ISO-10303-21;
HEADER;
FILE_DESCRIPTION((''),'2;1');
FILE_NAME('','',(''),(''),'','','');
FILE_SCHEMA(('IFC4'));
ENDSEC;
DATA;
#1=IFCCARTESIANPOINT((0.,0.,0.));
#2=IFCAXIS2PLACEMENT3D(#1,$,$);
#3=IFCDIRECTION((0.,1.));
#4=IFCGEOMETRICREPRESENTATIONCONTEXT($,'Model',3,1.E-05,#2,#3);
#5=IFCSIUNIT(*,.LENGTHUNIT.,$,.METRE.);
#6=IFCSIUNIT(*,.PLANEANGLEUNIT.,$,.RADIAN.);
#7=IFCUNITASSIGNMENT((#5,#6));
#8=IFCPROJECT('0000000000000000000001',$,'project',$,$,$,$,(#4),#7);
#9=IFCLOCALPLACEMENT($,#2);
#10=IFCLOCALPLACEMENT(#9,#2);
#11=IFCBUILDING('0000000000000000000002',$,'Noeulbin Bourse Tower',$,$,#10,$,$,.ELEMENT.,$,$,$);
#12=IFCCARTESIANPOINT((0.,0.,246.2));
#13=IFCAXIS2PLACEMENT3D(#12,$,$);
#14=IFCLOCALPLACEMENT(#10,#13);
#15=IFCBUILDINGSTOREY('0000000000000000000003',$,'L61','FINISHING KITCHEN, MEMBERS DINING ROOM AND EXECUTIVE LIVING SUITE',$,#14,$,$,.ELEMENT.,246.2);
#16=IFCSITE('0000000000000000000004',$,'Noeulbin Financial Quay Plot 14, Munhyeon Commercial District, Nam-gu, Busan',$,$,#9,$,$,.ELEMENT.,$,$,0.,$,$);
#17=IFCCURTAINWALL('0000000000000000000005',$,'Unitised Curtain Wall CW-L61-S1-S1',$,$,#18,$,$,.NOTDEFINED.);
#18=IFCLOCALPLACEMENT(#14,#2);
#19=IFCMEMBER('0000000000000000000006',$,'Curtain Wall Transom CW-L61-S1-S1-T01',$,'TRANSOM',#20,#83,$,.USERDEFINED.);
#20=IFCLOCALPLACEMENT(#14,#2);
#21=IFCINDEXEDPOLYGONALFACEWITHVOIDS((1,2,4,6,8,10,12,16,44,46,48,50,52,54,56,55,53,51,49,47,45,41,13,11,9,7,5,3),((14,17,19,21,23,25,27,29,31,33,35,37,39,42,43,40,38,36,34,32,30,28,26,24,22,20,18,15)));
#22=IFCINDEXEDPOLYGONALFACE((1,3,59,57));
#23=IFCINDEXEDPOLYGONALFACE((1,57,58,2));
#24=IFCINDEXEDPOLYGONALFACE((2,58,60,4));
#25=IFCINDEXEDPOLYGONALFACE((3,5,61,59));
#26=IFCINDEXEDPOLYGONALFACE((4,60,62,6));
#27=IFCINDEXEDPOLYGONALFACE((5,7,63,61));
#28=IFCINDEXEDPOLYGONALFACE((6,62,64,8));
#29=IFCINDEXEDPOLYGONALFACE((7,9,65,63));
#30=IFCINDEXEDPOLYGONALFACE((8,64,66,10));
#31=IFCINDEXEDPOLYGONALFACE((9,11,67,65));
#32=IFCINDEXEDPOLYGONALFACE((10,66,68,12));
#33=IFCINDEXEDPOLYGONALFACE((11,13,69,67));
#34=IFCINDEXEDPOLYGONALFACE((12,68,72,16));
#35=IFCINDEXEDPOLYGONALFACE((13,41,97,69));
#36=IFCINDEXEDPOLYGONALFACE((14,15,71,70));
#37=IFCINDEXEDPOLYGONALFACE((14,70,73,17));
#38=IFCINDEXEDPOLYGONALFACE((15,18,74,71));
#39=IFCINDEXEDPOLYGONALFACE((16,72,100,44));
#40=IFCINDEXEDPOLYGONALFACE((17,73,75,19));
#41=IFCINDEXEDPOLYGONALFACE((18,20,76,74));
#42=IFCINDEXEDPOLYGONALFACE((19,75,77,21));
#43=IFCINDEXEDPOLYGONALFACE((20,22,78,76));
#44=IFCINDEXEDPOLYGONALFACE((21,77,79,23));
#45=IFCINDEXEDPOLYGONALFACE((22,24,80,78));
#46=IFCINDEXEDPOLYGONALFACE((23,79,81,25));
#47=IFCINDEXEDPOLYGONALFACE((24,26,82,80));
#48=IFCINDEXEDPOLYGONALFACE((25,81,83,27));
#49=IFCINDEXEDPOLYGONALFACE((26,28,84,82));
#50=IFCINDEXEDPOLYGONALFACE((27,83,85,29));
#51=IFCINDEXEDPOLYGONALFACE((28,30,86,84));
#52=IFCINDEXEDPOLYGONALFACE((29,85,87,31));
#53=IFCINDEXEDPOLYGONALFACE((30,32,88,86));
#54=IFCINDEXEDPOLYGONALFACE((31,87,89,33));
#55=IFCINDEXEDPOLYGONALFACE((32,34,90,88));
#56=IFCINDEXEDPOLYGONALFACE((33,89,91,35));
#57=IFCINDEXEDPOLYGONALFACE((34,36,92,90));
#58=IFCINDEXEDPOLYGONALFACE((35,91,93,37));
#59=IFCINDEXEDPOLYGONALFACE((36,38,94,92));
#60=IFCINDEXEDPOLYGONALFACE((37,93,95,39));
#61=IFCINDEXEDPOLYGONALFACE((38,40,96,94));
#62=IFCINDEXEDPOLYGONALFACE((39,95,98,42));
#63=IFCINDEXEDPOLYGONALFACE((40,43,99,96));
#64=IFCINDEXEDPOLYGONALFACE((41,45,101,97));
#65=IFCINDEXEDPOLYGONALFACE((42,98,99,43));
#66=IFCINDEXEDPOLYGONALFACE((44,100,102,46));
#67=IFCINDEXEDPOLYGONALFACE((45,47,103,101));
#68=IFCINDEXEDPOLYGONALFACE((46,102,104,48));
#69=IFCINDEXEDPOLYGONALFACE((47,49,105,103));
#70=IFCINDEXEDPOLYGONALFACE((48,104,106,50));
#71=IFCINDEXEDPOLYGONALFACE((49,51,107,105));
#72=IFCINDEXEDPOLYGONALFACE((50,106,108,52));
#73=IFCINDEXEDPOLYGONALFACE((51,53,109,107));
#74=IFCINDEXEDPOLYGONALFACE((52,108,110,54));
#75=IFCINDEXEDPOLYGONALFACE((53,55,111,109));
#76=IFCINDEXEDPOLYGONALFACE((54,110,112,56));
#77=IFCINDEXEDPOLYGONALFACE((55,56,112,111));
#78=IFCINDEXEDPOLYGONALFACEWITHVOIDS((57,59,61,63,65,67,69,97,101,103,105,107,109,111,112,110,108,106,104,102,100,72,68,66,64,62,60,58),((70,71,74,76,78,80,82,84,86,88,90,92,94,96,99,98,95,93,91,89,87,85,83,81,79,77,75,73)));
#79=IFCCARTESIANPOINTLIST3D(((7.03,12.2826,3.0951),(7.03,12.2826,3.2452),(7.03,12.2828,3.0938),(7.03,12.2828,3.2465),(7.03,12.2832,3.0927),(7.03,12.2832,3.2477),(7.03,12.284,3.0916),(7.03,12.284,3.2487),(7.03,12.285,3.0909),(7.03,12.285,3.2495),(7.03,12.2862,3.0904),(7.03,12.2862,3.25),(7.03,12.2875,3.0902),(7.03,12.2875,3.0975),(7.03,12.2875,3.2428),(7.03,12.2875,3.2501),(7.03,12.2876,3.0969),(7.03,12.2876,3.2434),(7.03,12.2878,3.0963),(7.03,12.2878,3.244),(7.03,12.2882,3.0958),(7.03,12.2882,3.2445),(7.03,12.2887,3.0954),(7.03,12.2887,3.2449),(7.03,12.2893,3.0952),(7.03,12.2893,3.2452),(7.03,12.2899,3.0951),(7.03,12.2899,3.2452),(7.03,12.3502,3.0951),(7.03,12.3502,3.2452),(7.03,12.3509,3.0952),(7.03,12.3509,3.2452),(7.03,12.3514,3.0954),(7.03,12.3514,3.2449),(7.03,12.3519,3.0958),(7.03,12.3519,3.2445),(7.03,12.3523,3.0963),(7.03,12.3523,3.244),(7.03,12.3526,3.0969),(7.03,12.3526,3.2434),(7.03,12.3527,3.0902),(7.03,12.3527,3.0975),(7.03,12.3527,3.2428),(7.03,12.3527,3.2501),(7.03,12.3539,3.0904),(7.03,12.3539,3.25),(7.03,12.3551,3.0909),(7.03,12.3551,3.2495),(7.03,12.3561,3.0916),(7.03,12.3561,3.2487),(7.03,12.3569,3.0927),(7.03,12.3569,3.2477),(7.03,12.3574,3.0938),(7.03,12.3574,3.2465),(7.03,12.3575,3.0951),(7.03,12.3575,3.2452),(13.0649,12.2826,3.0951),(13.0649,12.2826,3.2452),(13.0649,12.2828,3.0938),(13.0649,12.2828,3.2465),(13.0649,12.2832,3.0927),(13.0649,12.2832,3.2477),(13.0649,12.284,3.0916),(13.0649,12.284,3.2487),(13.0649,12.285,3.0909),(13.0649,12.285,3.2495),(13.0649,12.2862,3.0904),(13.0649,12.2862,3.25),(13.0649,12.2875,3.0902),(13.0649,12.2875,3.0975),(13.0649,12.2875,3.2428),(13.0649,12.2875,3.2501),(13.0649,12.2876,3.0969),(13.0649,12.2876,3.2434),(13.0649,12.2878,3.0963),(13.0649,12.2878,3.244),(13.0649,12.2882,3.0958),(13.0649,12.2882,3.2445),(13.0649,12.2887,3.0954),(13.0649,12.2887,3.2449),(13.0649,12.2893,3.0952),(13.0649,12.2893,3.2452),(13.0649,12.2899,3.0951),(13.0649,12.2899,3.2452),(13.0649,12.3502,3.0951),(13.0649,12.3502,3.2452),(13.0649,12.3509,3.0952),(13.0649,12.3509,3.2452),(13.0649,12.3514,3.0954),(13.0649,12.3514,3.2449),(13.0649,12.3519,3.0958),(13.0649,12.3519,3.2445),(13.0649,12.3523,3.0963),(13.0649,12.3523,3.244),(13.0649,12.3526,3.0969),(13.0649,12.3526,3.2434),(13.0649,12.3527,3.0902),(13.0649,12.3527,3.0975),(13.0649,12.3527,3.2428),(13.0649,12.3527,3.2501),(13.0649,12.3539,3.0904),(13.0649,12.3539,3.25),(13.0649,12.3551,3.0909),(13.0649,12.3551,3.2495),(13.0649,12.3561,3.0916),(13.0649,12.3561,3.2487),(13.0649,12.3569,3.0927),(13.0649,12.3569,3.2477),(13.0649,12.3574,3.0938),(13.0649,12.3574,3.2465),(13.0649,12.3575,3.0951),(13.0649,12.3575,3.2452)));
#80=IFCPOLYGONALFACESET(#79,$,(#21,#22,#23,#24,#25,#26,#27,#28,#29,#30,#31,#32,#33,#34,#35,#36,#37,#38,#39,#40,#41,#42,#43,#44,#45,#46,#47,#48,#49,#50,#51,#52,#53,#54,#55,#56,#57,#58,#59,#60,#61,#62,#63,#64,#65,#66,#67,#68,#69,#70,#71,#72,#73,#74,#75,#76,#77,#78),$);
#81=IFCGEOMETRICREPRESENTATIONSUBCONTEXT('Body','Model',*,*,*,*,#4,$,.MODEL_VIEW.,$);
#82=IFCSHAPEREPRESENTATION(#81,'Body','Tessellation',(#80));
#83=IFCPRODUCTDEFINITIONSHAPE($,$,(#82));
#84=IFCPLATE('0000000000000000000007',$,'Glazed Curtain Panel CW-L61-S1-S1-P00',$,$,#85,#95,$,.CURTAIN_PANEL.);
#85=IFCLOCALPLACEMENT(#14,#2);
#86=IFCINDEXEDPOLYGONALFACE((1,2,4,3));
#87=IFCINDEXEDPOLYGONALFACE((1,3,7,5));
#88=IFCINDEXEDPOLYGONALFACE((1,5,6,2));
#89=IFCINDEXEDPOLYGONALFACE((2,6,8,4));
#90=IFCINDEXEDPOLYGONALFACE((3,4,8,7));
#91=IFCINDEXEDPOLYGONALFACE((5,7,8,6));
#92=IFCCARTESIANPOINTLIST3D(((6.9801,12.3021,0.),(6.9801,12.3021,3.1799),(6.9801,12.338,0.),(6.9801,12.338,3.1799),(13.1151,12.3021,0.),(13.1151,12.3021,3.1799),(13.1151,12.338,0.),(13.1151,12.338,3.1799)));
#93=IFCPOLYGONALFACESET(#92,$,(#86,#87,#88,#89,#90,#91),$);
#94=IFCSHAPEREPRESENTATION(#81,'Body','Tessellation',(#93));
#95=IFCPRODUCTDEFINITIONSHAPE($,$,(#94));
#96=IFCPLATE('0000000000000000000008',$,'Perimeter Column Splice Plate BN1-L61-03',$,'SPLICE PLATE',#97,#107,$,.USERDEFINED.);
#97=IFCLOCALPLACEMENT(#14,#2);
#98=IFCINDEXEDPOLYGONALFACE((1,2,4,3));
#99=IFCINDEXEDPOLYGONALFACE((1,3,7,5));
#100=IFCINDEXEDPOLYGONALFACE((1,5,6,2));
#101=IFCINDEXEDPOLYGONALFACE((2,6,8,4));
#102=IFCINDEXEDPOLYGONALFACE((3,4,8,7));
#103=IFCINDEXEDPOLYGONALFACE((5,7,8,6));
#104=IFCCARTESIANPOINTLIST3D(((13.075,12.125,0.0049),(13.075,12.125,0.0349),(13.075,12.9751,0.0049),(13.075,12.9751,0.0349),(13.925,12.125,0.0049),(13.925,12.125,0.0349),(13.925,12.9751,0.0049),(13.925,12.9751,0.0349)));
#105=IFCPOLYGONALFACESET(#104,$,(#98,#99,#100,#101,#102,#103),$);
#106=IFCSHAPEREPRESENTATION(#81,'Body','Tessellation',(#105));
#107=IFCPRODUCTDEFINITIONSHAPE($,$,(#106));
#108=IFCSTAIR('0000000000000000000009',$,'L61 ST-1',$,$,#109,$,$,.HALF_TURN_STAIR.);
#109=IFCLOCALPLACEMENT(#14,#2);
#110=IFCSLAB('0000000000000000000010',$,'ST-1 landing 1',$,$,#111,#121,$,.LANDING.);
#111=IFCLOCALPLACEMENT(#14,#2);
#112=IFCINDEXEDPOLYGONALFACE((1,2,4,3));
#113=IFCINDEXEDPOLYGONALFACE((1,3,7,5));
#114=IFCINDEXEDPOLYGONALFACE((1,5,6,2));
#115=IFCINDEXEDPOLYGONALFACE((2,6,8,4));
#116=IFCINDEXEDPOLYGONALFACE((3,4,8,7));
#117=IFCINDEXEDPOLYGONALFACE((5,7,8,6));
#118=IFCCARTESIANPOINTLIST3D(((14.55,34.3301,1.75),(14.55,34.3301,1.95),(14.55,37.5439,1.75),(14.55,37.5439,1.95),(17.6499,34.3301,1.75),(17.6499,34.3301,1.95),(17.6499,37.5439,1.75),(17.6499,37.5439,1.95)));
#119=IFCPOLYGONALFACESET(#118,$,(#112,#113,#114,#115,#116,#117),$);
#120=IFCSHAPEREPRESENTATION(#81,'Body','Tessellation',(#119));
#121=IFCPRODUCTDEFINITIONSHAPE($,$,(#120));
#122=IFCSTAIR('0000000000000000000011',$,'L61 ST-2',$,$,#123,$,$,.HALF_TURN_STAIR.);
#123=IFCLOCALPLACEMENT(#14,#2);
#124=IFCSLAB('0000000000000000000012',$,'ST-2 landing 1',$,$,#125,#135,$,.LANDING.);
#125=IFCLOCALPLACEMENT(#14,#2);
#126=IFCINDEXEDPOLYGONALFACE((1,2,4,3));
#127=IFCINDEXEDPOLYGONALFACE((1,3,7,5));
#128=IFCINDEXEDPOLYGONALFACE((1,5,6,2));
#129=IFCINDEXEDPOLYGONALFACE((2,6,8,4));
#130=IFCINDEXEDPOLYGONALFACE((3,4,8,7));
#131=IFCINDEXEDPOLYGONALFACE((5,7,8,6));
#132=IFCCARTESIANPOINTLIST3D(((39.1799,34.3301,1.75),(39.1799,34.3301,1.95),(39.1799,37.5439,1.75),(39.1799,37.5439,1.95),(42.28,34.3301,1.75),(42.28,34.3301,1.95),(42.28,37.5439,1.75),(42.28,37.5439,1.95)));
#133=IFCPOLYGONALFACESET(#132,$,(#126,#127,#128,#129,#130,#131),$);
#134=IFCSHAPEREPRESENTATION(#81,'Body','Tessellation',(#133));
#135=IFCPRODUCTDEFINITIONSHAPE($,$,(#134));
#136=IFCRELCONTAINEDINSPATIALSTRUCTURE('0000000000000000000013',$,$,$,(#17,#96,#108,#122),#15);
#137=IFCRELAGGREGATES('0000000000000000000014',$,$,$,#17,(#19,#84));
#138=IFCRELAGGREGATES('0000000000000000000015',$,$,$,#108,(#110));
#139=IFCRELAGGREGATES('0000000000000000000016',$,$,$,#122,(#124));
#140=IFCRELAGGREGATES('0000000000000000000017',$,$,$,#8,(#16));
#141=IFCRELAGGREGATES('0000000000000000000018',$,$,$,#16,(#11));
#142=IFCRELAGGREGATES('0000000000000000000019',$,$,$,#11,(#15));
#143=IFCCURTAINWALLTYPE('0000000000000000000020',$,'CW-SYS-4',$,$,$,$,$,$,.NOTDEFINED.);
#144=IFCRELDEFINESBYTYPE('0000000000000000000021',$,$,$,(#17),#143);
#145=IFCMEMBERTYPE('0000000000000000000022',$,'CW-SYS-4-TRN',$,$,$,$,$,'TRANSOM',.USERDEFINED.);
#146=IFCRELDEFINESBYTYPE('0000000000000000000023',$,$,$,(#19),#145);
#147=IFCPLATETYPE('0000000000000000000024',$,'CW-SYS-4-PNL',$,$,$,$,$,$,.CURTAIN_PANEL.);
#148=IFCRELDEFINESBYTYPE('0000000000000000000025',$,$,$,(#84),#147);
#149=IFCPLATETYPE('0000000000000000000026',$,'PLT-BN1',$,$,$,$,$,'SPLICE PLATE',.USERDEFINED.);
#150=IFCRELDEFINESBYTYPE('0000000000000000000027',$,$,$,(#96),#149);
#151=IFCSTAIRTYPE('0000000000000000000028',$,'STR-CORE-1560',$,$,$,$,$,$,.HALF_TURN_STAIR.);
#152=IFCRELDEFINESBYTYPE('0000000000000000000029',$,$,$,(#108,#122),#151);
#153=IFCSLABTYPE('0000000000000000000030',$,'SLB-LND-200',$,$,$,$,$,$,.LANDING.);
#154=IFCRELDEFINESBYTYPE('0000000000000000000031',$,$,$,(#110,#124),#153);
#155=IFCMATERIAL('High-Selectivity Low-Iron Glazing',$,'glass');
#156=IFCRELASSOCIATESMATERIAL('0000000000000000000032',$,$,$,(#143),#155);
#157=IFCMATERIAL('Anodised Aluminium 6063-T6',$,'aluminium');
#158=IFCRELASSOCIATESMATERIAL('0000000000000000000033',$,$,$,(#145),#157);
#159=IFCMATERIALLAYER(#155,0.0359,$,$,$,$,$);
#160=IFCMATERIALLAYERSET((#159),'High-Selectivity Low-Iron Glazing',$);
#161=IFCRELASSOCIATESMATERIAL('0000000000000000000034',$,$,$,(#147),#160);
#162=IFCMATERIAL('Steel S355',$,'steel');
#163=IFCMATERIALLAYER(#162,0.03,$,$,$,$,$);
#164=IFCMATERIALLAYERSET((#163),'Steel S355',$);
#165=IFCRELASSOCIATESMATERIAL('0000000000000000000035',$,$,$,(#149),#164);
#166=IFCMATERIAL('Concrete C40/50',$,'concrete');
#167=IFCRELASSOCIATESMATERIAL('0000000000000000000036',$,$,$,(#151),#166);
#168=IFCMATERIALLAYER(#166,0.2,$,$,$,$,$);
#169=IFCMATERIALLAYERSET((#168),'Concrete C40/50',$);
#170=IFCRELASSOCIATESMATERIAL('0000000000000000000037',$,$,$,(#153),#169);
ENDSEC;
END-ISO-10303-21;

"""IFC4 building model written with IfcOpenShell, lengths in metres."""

from ifc_helpers import new_model, si_unit, direction, frame, origin, origin_2d, place, context, subcontext, project, spatial, polyline, rectangle, hollow_rectangle, outline, extrude, material, layer, layer_set, material_profile, profile_set, type_object, element, aggregate, save


model = new_model("IFC4")

# Units and contexts
model_context = context("Model", 3, precision=1e-05, world=origin(), true_north=direction((0.0, 1.0)))
body_context = subcontext(model_context, "Body", "Model", "MODEL_VIEW")
ifc_project = project(units=[si_unit("LENGTHUNIT", "METRE"), si_unit("PLANEANGLEUNIT", "RADIAN")], contexts=[model_context])

# Site, building, storey
site_placement = place(None, origin())
site = spatial("IfcSite", under=ifc_project, at=site_placement, Name="Noeulbin Financial Quay Plot 14, Munhyeon Commercial District, Nam-gu, Busan", CompositionType="ELEMENT", RefElevation=0.0)
building_placement = place(site_placement, origin())
building = spatial("IfcBuilding", under=site, at=building_placement, Name="Noeulbin Bourse Tower", CompositionType="ELEMENT")
storey_placement = place(building_placement, frame((0.0, 0.0, 246.2)))
storey = spatial("IfcBuildingStorey", under=building, at=storey_placement, Name="L61", Description="FINISHING KITCHEN, MEMBERS DINING ROOM AND EXECUTIVE LIVING SUITE", CompositionType="ELEMENT", Elevation=246.2)

# Shared definitions
ifc_material_1 = material(Name="Steel S355", Category="steel")

# Curtain wall
ifc_material_2 = material(Name="High-Selectivity Low-Iron Glazing", Category="glass")
curtain_wall_type = type_object("IfcCurtainWallType", Name="CW-SYS-4", PredefinedType="NOTDEFINED", material=ifc_material_2)
curtain_wall_1_placement = place(storey_placement, origin())
curtain_wall_1 = element("IfcCurtainWall", 1, at=curtain_wall_1_placement, inside=storey, type_object=curtain_wall_type, Name="Unitised Curtain Wall CW-L61-S1-S1", PredefinedType="NOTDEFINED")
ifc_material_3 = material(Name="Anodised Aluminium 6063-T6", Category="aluminium")

# Member
ifc_material_profile_1 = material_profile(ifc_material_3, hollow_rectangle(XDim=0.075, YDim=0.1599, WallThickness=0.0049, InnerFilletRadius=0.0024, OuterFilletRadius=0.0049, at=origin_2d()), Name="ALU-TRAN-75x160x5", Category="LoadBearing")
ifc_profile_set_1 = profile_set([ifc_material_profile_1], Name="Anodised Aluminium 6063-T6")
member_type_1 = type_object("IfcMemberType", Name="CW-SYS-4-TRN", ElementType="TRANSOM", PredefinedType="USERDEFINED", material=ifc_profile_set_1)
member_1_placement = place(storey_placement, frame((7.03, 12.3201, 3.1702), z_axis=(1.0, 0.0, 0.0), x_axis=(0.0, 1.0, 0.0)))
member_1 = element("IfcMember", 2, at=member_1_placement, type_object=member_type_1, Name="Curtain Wall Transom CW-L61-S1-S1-T01", ObjectType="TRANSOM", PredefinedType="USERDEFINED", context=body_context, shape_type="SweptSolid", body=[
    extrude(hollow_rectangle(XDim=0.075, YDim=0.1599, WallThickness=0.0049, InnerFilletRadius=0.0024, OuterFilletRadius=0.0049, at=origin_2d()), origin(), (0.0, 0.0, 1.0), 6.0349),
])

# Plates
ifc_layer_1 = layer(ifc_material_2, 0.0359)
ifc_layer_set_1 = layer_set([ifc_layer_1], Name="High-Selectivity Low-Iron Glazing")
plate_type_1 = type_object("IfcPlateType", Name="CW-SYS-4-PNL", PredefinedType="CURTAIN_PANEL", material=ifc_layer_set_1)
plate_1_placement = place(storey_placement, frame((10.0476, 12.3201, 0.0), z_axis=(0.0, 0.0, 1.0), x_axis=(1.0, 0.0, 0.0)))
plate_1 = element("IfcPlate", 3, at=plate_1_placement, type_object=plate_type_1, Name="Glazed Curtain Panel CW-L61-S1-S1-P00", PredefinedType="CURTAIN_PANEL", context=body_context, shape_type="SweptSolid", body=[
    extrude(rectangle(XDim=6.135, YDim=0.0359, at=origin_2d()), origin(), (0.0, 0.0, 1.0), 3.1799),
])
aggregate(curtain_wall_1, [member_1, plate_1])
ifc_layer_2 = layer(ifc_material_1, 0.03)
ifc_layer_set_2 = layer_set([ifc_layer_2], Name="Steel S355")
plate_type_2 = type_object("IfcPlateType", Name="PLT-BN1", ElementType="SPLICE PLATE", PredefinedType="USERDEFINED", material=ifc_layer_set_2)
plate_2_placement = place(storey_placement, frame((13.5, 12.55, 0.0049), z_axis=(0.0, 0.0, 1.0), x_axis=(1.0, 0.0, 0.0)))
element("IfcPlate", 4, at=plate_2_placement, inside=storey, type_object=plate_type_2, Name="Perimeter Column Splice Plate BN1-L61-03", ObjectType="SPLICE PLATE", PredefinedType="USERDEFINED", context=body_context, shape_type="SweptSolid", body=[
    extrude(rectangle(XDim=0.8501, YDim=0.8501, at=origin_2d()), origin(), (0.0, 0.0, 1.0), 0.03),
])

# Stairs, slabs
ifc_material_4 = material(Name="Concrete C40/50", Category="concrete")
stair_type = type_object("IfcStairType", Name="STR-CORE-1560", PredefinedType="HALF_TURN_STAIR", material=ifc_material_4)
stair_1_placement = place(storey_placement, origin())
stair_1 = element("IfcStair", 5, at=stair_1_placement, inside=storey, type_object=stair_type, Name="L61 ST-1", PredefinedType="HALF_TURN_STAIR")
ifc_layer_3 = layer(ifc_material_4, 0.2)
ifc_layer_set_3 = layer_set([ifc_layer_3], Name="Concrete C40/50")
slab_type_1 = type_object("IfcSlabType", Name="SLB-LND-200", PredefinedType="LANDING", material=ifc_layer_set_3)
slab_1_placement = place(storey_placement, frame((0.0, 0.0, 1.75)))
slab_1 = element("IfcSlab", 6, at=slab_1_placement, type_object=slab_type_1, Name="ST-1 landing 1", PredefinedType="LANDING", context=body_context, shape_type="SweptSolid", body=[
    extrude(outline(polyline([(17.6499, 34.3301), (17.6499, 37.5439), (14.55, 37.5439), (14.55, 34.3301), (17.6499, 34.3301)])), origin(), (0.0, 0.0, 1.0), 0.2),
])
aggregate(stair_1, [slab_1])
stair_2_placement = place(storey_placement, origin())
stair_2 = element("IfcStair", 7, at=stair_2_placement, inside=storey, type_object=stair_type, Name="L61 ST-2", PredefinedType="HALF_TURN_STAIR")
slab_2_placement = place(storey_placement, frame((0.0, 0.0, 1.75)))
slab_2 = element("IfcSlab", 8, at=slab_2_placement, type_object=slab_type_1, Name="ST-2 landing 1", PredefinedType="LANDING", context=body_context, shape_type="SweptSolid", body=[
    extrude(outline(polyline([(42.28, 34.3301), (42.28, 37.5439), (39.1799, 37.5439), (39.1799, 34.3301), (42.28, 34.3301)])), origin(), (0.0, 0.0, 1.0), 0.2),
])
aggregate(stair_2, [slab_2])

save(model, "model.ifc")
